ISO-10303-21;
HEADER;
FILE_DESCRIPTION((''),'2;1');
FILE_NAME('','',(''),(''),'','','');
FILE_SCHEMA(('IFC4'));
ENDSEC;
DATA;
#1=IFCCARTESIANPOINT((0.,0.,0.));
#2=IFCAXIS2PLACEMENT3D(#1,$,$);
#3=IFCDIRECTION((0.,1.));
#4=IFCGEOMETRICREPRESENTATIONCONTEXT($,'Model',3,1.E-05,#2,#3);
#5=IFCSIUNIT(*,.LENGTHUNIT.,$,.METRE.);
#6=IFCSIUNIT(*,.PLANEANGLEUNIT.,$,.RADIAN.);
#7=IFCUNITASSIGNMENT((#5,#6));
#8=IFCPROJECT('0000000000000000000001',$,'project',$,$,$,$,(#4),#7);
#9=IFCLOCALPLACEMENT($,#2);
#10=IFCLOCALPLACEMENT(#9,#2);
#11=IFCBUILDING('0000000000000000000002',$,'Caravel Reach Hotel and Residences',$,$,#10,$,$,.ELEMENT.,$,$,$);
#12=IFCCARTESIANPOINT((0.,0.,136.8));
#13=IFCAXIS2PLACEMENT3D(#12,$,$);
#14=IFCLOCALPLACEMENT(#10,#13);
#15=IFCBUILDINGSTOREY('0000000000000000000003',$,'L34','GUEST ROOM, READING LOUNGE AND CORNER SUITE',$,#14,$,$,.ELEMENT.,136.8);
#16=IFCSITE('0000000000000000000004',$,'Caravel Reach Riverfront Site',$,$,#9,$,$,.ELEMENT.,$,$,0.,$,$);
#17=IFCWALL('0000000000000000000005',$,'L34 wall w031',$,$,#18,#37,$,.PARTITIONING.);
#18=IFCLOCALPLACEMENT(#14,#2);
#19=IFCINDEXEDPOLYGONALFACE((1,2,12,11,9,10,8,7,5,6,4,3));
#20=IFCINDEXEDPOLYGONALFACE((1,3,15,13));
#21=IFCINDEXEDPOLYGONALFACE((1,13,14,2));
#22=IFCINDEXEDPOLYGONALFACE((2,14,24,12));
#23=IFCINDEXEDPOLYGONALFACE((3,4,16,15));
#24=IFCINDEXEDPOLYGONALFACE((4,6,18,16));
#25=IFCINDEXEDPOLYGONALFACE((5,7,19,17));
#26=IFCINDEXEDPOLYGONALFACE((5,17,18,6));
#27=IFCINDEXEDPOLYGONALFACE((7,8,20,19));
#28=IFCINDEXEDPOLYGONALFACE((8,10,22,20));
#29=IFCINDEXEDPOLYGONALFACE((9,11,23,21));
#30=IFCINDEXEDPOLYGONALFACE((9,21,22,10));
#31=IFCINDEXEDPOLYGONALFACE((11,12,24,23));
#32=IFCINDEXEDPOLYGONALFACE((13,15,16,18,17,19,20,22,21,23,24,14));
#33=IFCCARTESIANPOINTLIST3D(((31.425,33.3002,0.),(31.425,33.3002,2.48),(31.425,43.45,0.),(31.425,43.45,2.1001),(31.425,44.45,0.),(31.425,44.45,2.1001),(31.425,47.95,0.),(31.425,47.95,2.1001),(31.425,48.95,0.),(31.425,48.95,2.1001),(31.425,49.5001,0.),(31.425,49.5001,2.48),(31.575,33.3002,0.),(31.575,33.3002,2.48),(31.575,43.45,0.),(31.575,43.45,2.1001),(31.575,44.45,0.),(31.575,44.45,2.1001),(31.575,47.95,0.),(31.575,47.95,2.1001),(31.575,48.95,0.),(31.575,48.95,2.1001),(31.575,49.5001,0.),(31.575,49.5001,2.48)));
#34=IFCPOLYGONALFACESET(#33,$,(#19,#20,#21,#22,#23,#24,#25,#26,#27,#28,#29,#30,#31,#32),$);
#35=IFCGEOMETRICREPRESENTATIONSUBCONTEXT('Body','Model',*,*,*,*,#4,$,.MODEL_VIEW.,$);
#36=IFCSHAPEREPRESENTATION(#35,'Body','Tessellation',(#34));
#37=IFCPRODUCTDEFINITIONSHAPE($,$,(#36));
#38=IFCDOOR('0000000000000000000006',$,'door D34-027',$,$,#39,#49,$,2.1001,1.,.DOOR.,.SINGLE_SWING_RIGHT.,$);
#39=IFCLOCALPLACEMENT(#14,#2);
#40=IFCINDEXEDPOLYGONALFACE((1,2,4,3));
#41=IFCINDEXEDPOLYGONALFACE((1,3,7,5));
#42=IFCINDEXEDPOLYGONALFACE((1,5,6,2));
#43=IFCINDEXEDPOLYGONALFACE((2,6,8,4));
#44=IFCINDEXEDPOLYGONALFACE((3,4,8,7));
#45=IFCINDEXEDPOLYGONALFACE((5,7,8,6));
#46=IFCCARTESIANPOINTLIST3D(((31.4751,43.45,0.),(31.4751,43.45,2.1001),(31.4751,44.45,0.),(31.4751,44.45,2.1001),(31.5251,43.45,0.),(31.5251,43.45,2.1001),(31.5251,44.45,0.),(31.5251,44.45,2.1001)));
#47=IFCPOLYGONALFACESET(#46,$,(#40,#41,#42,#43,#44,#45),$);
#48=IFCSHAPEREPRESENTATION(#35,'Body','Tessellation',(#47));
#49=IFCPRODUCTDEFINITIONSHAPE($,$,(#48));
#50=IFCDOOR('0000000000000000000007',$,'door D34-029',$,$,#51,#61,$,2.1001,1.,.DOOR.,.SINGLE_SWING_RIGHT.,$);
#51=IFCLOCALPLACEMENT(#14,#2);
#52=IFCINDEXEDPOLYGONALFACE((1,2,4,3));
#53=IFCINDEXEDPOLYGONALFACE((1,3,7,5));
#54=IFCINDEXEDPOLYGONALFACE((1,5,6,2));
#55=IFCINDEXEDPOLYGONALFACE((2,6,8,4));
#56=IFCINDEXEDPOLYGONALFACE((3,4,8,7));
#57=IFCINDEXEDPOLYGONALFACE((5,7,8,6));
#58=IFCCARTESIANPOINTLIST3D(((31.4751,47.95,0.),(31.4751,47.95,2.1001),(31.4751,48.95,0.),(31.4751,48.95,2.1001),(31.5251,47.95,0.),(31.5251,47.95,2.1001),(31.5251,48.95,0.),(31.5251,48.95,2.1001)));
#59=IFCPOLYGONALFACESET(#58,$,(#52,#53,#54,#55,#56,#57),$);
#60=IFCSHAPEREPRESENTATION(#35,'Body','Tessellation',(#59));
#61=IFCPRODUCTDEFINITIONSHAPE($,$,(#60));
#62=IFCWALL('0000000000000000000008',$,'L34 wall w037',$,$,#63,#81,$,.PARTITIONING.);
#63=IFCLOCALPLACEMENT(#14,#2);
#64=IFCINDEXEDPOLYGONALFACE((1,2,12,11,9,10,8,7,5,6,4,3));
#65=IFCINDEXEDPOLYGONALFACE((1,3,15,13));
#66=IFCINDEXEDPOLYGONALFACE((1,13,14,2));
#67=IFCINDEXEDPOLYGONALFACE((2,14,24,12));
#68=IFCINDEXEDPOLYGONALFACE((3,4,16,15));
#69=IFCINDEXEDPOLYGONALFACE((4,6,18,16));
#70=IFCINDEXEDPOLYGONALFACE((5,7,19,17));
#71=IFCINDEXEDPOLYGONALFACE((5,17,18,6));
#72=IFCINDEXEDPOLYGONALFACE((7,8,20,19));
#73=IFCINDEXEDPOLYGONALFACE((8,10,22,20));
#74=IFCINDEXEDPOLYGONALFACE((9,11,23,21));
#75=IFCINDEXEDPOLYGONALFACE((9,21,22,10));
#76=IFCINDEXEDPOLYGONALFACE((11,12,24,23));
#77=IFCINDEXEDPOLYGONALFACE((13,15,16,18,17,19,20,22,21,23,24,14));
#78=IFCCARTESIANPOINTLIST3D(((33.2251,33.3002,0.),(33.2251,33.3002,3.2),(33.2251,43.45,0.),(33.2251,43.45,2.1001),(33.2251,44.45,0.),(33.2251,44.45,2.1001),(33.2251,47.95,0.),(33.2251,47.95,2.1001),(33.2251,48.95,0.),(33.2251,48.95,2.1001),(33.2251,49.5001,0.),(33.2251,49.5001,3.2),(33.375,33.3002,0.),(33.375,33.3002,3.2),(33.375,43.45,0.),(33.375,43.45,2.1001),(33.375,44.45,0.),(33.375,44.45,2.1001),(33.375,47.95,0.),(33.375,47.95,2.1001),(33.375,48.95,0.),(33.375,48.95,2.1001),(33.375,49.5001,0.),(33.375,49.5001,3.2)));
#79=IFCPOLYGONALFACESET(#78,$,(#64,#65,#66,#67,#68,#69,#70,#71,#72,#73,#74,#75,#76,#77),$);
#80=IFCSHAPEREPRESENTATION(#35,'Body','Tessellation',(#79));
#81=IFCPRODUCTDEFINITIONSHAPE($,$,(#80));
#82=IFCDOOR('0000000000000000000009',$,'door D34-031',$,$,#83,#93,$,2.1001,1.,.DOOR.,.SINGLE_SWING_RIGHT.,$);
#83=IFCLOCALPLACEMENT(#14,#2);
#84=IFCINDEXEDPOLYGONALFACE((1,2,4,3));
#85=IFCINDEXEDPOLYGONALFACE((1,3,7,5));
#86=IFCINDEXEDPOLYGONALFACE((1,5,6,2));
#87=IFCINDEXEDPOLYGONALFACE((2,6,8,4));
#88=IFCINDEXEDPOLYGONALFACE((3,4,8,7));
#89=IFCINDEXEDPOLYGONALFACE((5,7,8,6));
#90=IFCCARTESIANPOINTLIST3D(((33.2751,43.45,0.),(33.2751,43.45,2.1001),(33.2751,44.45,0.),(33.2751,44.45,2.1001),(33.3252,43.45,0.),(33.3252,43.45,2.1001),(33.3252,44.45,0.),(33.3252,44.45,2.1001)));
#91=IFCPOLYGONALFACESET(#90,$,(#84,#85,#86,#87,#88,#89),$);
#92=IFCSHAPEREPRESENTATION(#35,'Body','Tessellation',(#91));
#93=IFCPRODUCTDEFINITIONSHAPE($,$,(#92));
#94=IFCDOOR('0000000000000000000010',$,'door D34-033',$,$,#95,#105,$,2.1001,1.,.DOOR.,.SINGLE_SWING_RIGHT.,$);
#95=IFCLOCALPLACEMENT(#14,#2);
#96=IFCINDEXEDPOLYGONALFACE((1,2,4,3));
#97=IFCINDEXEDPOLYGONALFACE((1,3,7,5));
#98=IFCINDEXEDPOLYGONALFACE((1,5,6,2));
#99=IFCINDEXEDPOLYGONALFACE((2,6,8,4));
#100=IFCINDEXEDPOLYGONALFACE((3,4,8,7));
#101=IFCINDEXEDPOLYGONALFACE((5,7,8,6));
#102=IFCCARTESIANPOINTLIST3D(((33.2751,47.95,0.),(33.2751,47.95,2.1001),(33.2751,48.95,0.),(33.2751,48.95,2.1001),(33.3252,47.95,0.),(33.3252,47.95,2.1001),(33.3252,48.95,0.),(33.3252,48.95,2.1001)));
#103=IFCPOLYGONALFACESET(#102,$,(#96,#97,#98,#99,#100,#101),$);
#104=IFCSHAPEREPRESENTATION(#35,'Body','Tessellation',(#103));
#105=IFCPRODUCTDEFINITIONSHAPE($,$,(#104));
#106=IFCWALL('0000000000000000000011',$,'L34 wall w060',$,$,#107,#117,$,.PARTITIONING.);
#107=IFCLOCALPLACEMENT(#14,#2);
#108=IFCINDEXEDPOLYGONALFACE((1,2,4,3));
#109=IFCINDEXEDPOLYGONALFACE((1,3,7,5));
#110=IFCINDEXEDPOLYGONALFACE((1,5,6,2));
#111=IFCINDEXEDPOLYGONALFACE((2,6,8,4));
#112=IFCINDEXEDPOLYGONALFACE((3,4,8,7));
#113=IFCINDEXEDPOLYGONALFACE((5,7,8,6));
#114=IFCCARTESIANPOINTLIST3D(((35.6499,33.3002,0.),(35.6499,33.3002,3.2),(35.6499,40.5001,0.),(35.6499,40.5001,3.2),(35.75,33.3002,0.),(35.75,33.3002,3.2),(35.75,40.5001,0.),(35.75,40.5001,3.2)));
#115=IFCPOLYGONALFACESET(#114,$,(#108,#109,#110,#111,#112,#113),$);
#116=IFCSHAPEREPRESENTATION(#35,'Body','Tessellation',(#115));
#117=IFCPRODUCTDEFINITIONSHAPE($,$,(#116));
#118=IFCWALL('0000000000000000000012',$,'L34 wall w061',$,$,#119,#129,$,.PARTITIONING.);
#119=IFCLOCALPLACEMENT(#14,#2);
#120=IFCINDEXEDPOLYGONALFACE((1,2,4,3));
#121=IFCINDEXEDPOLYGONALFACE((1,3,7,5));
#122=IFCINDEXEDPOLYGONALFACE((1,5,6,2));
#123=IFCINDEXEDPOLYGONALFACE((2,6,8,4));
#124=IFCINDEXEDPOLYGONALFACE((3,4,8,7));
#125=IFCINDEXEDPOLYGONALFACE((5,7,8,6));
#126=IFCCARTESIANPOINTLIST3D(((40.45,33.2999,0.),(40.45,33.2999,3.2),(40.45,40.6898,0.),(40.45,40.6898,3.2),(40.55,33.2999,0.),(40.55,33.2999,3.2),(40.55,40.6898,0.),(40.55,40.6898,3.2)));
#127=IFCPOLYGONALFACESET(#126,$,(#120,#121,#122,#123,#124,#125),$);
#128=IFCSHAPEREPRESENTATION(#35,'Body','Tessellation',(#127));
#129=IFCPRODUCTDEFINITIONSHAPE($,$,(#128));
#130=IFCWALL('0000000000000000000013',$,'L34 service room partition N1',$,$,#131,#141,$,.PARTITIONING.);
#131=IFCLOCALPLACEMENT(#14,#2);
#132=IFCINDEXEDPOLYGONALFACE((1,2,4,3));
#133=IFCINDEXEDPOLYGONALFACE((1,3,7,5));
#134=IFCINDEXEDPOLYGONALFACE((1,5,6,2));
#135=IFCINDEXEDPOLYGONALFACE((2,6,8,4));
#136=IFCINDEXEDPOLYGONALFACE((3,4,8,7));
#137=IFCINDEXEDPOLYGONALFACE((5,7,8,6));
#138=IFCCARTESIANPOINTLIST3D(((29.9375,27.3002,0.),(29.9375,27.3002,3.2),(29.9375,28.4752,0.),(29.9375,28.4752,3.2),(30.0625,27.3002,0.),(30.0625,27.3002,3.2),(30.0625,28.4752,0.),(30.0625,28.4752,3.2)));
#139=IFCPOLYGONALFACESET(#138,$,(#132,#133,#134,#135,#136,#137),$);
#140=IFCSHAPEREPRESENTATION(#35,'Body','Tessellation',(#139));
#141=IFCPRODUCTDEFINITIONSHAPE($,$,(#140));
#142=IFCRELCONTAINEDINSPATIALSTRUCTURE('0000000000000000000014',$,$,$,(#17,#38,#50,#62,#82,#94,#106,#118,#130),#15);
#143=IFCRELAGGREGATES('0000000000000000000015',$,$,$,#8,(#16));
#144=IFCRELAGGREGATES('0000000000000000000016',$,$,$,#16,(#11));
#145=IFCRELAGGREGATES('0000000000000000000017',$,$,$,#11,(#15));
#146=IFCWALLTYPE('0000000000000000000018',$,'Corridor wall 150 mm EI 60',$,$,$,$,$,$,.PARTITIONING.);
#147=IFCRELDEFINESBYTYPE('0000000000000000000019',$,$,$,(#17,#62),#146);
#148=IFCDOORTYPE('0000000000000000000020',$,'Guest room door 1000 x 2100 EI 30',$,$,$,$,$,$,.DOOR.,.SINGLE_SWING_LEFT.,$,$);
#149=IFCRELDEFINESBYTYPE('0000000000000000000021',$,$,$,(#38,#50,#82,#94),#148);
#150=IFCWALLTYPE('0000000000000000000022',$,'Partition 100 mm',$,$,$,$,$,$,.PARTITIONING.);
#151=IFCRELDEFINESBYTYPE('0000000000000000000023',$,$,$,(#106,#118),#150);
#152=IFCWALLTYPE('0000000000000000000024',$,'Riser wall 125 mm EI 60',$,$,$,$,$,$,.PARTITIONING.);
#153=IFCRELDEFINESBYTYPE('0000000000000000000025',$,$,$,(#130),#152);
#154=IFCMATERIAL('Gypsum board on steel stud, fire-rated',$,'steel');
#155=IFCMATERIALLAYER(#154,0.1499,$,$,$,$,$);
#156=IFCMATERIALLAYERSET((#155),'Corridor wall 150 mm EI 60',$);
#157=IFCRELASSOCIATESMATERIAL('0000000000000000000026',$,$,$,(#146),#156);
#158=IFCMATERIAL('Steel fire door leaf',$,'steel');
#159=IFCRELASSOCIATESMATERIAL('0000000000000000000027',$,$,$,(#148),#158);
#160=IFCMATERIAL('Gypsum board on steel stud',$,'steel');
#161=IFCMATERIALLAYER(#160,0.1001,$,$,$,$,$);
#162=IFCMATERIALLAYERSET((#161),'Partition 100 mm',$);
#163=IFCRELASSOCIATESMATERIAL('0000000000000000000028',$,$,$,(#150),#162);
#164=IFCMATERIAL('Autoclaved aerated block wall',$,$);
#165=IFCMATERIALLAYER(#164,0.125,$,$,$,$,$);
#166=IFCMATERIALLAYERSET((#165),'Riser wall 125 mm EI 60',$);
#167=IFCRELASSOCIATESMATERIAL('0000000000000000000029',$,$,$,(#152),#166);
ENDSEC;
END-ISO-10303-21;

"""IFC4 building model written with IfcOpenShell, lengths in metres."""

from ifc_helpers import new_model, si_unit, direction, frame, frame_2d, origin, place, context, subcontext, project, spatial, rectangle, extrude, material, layer, layer_set, type_object, element, fill, save


model = new_model("IFC4")

# Units and contexts
model_context = context("Model", 3, precision=1e-05, world=origin(), true_north=direction((0.0, 1.0)))
body_context = subcontext(model_context, "Body", "Model", "MODEL_VIEW")
ifc_project = project(units=[si_unit("LENGTHUNIT", "METRE"), si_unit("PLANEANGLEUNIT", "RADIAN")], contexts=[model_context])

# Site, building, storey
site_placement = place(None, origin())
site = spatial("IfcSite", under=ifc_project, at=site_placement, Name="Caravel Reach Riverfront Site", CompositionType="ELEMENT", RefElevation=0.0)
building_placement = place(site_placement, origin())
building = spatial("IfcBuilding", under=site, at=building_placement, Name="Caravel Reach Hotel and Residences", CompositionType="ELEMENT")
storey_placement = place(building_placement, frame((0.0, 0.0, 136.8)))
storey = spatial("IfcBuildingStorey", under=building, at=storey_placement, Name="L34", Description="GUEST ROOM, READING LOUNGE AND CORNER SUITE", CompositionType="ELEMENT", Elevation=136.8)

# Walls, openings, doors
ifc_material_1 = material(Name="Gypsum board on steel stud, fire-rated", Category="steel")
ifc_layer_1 = layer(ifc_material_1, 0.1499)
ifc_layer_set_1 = layer_set([ifc_layer_1], Name="Corridor wall 150 mm EI 60")
wall_type_1 = type_object("IfcWallType", Name="Corridor wall 150 mm EI 60", PredefinedType="PARTITIONING", material=ifc_layer_set_1)
ifc_material_2 = material(Name="Steel fire door leaf", Category="steel")
door_type_1 = type_object("IfcDoorType", Name="Guest room door 1000 x 2100 EI 30", OperationType="SINGLE_SWING_LEFT", PredefinedType="DOOR", material=ifc_material_2)
wall_1_placement = place(storey_placement, frame((31.5, 33.3, 0.0), z_axis=(0.0, 0.0, 1.0), x_axis=(0.0, 1.0, 0.0)))
wall_1 = element("IfcWall", 1, at=wall_1_placement, inside=storey, type_object=wall_type_1, Name="L34 wall w031", PredefinedType="PARTITIONING", context=body_context, shape_type="SweptSolid", body=[
    extrude(rectangle(XDim=16.2, YDim=0.1499, at=frame_2d((8.1001, 0.0))), origin(), (0.0, 0.0, 1.0), 2.48),
])
opening_1_placement = place(wall_1_placement, frame((10.1499, 0.0, 0.0)))
opening_1 = element("IfcOpeningElement", 2, at=opening_1_placement, cuts=wall_1, PredefinedType="OPENING", context=body_context, shape_type="SweptSolid", body=[
    extrude(rectangle(XDim=1.0, YDim=2.1001, at=frame_2d((0.5, 1.05))), frame((0.0, 0.085, 0.0), z_axis=(0.0, -1.0, 0.0), x_axis=(1.0, 0.0, 0.0)), (0.0, 0.0, 1.0), 0.1699),
])
opening_2_placement = place(wall_1_placement, frame((14.6499, 0.0, 0.0)))
opening_2 = element("IfcOpeningElement", 3, at=opening_2_placement, cuts=wall_1, PredefinedType="OPENING", context=body_context, shape_type="SweptSolid", body=[
    extrude(rectangle(XDim=1.0, YDim=2.1001, at=frame_2d((0.5, 1.05))), frame((0.0, 0.085, 0.0), z_axis=(0.0, -1.0, 0.0), x_axis=(1.0, 0.0, 0.0)), (0.0, 0.0, 1.0), 0.1699),
])
door_1_placement = place(opening_1_placement, origin())
door_1 = element("IfcDoor", 4, at=door_1_placement, inside=storey, type_object=door_type_1, Name="door D34-027", OperationType="SINGLE_SWING_RIGHT", OverallHeight=2.1001, OverallWidth=1.0, PredefinedType="DOOR", context=body_context, shape_type="SweptSolid", body=[
    extrude(rectangle(XDim=1.0, YDim=2.1001, at=frame_2d((0.5, 1.05))), frame((0.0, 0.0249, 0.0), z_axis=(0.0, -1.0, 0.0), x_axis=(1.0, 0.0, 0.0)), (0.0, 0.0, 1.0), 0.05),
])
fill(opening_1, door_1)
door_2_placement = place(opening_2_placement, origin())
door_2 = element("IfcDoor", 5, at=door_2_placement, inside=storey, type_object=door_type_1, Name="door D34-029", OperationType="SINGLE_SWING_RIGHT", OverallHeight=2.1001, OverallWidth=1.0, PredefinedType="DOOR", context=body_context, shape_type="SweptSolid", body=[
    extrude(rectangle(XDim=1.0, YDim=2.1001, at=frame_2d((0.5, 1.05))), frame((0.0, 0.0249, 0.0), z_axis=(0.0, -1.0, 0.0), x_axis=(1.0, 0.0, 0.0)), (0.0, 0.0, 1.0), 0.05),
])
fill(opening_2, door_2)
wall_2_placement = place(storey_placement, frame((33.3, 33.3, 0.0), z_axis=(0.0, 0.0, 1.0), x_axis=(0.0, 1.0, 0.0)))
wall_2 = element("IfcWall", 6, at=wall_2_placement, inside=storey, type_object=wall_type_1, Name="L34 wall w037", PredefinedType="PARTITIONING", context=body_context, shape_type="SweptSolid", body=[
    extrude(rectangle(XDim=16.2, YDim=0.1499, at=frame_2d((8.1001, 0.0))), origin(), (0.0, 0.0, 1.0), 3.2),
])
opening_3_placement = place(wall_2_placement, frame((10.1499, 0.0, 0.0)))
opening_3 = element("IfcOpeningElement", 7, at=opening_3_placement, cuts=wall_2, PredefinedType="OPENING", context=body_context, shape_type="SweptSolid", body=[
    extrude(rectangle(XDim=1.0, YDim=2.1001, at=frame_2d((0.5, 1.05))), frame((0.0, 0.085, 0.0), z_axis=(0.0, -1.0, 0.0), x_axis=(1.0, 0.0, 0.0)), (0.0, 0.0, 1.0), 0.1699),
])
opening_4_placement = place(wall_2_placement, frame((14.6499, 0.0, 0.0)))
opening_4 = element("IfcOpeningElement", 8, at=opening_4_placement, cuts=wall_2, PredefinedType="OPENING", context=body_context, shape_type="SweptSolid", body=[
    extrude(rectangle(XDim=1.0, YDim=2.1001, at=frame_2d((0.5, 1.05))), frame((0.0, 0.085, 0.0), z_axis=(0.0, -1.0, 0.0), x_axis=(1.0, 0.0, 0.0)), (0.0, 0.0, 1.0), 0.1699),
])
door_3_placement = place(opening_3_placement, origin())
door_3 = element("IfcDoor", 9, at=door_3_placement, inside=storey, type_object=door_type_1, Name="door D34-031", OperationType="SINGLE_SWING_RIGHT", OverallHeight=2.1001, OverallWidth=1.0, PredefinedType="DOOR", context=body_context, shape_type="SweptSolid", body=[
    extrude(rectangle(XDim=1.0, YDim=2.1001, at=frame_2d((0.5, 1.05))), frame((0.0, 0.0249, 0.0), z_axis=(0.0, -1.0, 0.0), x_axis=(1.0, 0.0, 0.0)), (0.0, 0.0, 1.0), 0.05),
])
fill(opening_3, door_3)
door_4_placement = place(opening_4_placement, origin())
door_4 = element("IfcDoor", 10, at=door_4_placement, inside=storey, type_object=door_type_1, Name="door D34-033", OperationType="SINGLE_SWING_RIGHT", OverallHeight=2.1001, OverallWidth=1.0, PredefinedType="DOOR", context=body_context, shape_type="SweptSolid", body=[
    extrude(rectangle(XDim=1.0, YDim=2.1001, at=frame_2d((0.5, 1.05))), frame((0.0, 0.0249, 0.0), z_axis=(0.0, -1.0, 0.0), x_axis=(1.0, 0.0, 0.0)), (0.0, 0.0, 1.0), 0.05),
])
fill(opening_4, door_4)

# Walls
ifc_material_3 = material(Name="Gypsum board on steel stud", Category="steel")
ifc_layer_2 = layer(ifc_material_3, 0.1001)
ifc_layer_set_2 = layer_set([ifc_layer_2], Name="Partition 100 mm")
wall_type_2 = type_object("IfcWallType", Name="Partition 100 mm", PredefinedType="PARTITIONING", material=ifc_layer_set_2)
wall_3_placement = place(storey_placement, frame((35.7, 33.3, 0.0), z_axis=(0.0, 0.0, 1.0), x_axis=(0.0, 1.0, 0.0)))
element("IfcWall", 11, at=wall_3_placement, inside=storey, type_object=wall_type_2, Name="L34 wall w060", PredefinedType="PARTITIONING", context=body_context, shape_type="SweptSolid", body=[
    extrude(rectangle(XDim=7.2, YDim=0.1001, at=frame_2d((3.6001, 0.0))), origin(), (0.0, 0.0, 1.0), 3.2),
])
wall_4_placement = place(storey_placement, frame((40.5, 33.3, 0.0), z_axis=(0.0, 0.0, 1.0), x_axis=(0.0, 1.0, 0.0)))
element("IfcWall", 12, at=wall_4_placement, inside=storey, type_object=wall_type_2, Name="L34 wall w061", PredefinedType="PARTITIONING", context=body_context, shape_type="SweptSolid", body=[
    extrude(rectangle(XDim=7.3899, YDim=0.1001, at=frame_2d((3.6948, 0.0))), origin(), (0.0, 0.0, 1.0), 3.2),
])
ifc_material_4 = material(Name="Autoclaved aerated block wall")
ifc_layer_3 = layer(ifc_material_4, 0.125)
ifc_layer_set_3 = layer_set([ifc_layer_3], Name="Riser wall 125 mm EI 60")
wall_type_3 = type_object("IfcWallType", Name="Riser wall 125 mm EI 60", PredefinedType="PARTITIONING", material=ifc_layer_set_3)
wall_5_placement = place(storey_placement, frame((30.0, 28.4751, 0.0), z_axis=(0.0, 0.0, 1.0), x_axis=(0.0, -1.0, 0.0)))
element("IfcWall", 13, at=wall_5_placement, inside=storey, type_object=wall_type_3, Name="L34 service room partition N1", PredefinedType="PARTITIONING", context=body_context, shape_type="SweptSolid", body=[
    extrude(rectangle(XDim=1.175, YDim=0.125, at=frame_2d((0.5874, 0.0))), origin(), (0.0, 0.0, 1.0), 3.2),
])

save(model, "model.ifc")
